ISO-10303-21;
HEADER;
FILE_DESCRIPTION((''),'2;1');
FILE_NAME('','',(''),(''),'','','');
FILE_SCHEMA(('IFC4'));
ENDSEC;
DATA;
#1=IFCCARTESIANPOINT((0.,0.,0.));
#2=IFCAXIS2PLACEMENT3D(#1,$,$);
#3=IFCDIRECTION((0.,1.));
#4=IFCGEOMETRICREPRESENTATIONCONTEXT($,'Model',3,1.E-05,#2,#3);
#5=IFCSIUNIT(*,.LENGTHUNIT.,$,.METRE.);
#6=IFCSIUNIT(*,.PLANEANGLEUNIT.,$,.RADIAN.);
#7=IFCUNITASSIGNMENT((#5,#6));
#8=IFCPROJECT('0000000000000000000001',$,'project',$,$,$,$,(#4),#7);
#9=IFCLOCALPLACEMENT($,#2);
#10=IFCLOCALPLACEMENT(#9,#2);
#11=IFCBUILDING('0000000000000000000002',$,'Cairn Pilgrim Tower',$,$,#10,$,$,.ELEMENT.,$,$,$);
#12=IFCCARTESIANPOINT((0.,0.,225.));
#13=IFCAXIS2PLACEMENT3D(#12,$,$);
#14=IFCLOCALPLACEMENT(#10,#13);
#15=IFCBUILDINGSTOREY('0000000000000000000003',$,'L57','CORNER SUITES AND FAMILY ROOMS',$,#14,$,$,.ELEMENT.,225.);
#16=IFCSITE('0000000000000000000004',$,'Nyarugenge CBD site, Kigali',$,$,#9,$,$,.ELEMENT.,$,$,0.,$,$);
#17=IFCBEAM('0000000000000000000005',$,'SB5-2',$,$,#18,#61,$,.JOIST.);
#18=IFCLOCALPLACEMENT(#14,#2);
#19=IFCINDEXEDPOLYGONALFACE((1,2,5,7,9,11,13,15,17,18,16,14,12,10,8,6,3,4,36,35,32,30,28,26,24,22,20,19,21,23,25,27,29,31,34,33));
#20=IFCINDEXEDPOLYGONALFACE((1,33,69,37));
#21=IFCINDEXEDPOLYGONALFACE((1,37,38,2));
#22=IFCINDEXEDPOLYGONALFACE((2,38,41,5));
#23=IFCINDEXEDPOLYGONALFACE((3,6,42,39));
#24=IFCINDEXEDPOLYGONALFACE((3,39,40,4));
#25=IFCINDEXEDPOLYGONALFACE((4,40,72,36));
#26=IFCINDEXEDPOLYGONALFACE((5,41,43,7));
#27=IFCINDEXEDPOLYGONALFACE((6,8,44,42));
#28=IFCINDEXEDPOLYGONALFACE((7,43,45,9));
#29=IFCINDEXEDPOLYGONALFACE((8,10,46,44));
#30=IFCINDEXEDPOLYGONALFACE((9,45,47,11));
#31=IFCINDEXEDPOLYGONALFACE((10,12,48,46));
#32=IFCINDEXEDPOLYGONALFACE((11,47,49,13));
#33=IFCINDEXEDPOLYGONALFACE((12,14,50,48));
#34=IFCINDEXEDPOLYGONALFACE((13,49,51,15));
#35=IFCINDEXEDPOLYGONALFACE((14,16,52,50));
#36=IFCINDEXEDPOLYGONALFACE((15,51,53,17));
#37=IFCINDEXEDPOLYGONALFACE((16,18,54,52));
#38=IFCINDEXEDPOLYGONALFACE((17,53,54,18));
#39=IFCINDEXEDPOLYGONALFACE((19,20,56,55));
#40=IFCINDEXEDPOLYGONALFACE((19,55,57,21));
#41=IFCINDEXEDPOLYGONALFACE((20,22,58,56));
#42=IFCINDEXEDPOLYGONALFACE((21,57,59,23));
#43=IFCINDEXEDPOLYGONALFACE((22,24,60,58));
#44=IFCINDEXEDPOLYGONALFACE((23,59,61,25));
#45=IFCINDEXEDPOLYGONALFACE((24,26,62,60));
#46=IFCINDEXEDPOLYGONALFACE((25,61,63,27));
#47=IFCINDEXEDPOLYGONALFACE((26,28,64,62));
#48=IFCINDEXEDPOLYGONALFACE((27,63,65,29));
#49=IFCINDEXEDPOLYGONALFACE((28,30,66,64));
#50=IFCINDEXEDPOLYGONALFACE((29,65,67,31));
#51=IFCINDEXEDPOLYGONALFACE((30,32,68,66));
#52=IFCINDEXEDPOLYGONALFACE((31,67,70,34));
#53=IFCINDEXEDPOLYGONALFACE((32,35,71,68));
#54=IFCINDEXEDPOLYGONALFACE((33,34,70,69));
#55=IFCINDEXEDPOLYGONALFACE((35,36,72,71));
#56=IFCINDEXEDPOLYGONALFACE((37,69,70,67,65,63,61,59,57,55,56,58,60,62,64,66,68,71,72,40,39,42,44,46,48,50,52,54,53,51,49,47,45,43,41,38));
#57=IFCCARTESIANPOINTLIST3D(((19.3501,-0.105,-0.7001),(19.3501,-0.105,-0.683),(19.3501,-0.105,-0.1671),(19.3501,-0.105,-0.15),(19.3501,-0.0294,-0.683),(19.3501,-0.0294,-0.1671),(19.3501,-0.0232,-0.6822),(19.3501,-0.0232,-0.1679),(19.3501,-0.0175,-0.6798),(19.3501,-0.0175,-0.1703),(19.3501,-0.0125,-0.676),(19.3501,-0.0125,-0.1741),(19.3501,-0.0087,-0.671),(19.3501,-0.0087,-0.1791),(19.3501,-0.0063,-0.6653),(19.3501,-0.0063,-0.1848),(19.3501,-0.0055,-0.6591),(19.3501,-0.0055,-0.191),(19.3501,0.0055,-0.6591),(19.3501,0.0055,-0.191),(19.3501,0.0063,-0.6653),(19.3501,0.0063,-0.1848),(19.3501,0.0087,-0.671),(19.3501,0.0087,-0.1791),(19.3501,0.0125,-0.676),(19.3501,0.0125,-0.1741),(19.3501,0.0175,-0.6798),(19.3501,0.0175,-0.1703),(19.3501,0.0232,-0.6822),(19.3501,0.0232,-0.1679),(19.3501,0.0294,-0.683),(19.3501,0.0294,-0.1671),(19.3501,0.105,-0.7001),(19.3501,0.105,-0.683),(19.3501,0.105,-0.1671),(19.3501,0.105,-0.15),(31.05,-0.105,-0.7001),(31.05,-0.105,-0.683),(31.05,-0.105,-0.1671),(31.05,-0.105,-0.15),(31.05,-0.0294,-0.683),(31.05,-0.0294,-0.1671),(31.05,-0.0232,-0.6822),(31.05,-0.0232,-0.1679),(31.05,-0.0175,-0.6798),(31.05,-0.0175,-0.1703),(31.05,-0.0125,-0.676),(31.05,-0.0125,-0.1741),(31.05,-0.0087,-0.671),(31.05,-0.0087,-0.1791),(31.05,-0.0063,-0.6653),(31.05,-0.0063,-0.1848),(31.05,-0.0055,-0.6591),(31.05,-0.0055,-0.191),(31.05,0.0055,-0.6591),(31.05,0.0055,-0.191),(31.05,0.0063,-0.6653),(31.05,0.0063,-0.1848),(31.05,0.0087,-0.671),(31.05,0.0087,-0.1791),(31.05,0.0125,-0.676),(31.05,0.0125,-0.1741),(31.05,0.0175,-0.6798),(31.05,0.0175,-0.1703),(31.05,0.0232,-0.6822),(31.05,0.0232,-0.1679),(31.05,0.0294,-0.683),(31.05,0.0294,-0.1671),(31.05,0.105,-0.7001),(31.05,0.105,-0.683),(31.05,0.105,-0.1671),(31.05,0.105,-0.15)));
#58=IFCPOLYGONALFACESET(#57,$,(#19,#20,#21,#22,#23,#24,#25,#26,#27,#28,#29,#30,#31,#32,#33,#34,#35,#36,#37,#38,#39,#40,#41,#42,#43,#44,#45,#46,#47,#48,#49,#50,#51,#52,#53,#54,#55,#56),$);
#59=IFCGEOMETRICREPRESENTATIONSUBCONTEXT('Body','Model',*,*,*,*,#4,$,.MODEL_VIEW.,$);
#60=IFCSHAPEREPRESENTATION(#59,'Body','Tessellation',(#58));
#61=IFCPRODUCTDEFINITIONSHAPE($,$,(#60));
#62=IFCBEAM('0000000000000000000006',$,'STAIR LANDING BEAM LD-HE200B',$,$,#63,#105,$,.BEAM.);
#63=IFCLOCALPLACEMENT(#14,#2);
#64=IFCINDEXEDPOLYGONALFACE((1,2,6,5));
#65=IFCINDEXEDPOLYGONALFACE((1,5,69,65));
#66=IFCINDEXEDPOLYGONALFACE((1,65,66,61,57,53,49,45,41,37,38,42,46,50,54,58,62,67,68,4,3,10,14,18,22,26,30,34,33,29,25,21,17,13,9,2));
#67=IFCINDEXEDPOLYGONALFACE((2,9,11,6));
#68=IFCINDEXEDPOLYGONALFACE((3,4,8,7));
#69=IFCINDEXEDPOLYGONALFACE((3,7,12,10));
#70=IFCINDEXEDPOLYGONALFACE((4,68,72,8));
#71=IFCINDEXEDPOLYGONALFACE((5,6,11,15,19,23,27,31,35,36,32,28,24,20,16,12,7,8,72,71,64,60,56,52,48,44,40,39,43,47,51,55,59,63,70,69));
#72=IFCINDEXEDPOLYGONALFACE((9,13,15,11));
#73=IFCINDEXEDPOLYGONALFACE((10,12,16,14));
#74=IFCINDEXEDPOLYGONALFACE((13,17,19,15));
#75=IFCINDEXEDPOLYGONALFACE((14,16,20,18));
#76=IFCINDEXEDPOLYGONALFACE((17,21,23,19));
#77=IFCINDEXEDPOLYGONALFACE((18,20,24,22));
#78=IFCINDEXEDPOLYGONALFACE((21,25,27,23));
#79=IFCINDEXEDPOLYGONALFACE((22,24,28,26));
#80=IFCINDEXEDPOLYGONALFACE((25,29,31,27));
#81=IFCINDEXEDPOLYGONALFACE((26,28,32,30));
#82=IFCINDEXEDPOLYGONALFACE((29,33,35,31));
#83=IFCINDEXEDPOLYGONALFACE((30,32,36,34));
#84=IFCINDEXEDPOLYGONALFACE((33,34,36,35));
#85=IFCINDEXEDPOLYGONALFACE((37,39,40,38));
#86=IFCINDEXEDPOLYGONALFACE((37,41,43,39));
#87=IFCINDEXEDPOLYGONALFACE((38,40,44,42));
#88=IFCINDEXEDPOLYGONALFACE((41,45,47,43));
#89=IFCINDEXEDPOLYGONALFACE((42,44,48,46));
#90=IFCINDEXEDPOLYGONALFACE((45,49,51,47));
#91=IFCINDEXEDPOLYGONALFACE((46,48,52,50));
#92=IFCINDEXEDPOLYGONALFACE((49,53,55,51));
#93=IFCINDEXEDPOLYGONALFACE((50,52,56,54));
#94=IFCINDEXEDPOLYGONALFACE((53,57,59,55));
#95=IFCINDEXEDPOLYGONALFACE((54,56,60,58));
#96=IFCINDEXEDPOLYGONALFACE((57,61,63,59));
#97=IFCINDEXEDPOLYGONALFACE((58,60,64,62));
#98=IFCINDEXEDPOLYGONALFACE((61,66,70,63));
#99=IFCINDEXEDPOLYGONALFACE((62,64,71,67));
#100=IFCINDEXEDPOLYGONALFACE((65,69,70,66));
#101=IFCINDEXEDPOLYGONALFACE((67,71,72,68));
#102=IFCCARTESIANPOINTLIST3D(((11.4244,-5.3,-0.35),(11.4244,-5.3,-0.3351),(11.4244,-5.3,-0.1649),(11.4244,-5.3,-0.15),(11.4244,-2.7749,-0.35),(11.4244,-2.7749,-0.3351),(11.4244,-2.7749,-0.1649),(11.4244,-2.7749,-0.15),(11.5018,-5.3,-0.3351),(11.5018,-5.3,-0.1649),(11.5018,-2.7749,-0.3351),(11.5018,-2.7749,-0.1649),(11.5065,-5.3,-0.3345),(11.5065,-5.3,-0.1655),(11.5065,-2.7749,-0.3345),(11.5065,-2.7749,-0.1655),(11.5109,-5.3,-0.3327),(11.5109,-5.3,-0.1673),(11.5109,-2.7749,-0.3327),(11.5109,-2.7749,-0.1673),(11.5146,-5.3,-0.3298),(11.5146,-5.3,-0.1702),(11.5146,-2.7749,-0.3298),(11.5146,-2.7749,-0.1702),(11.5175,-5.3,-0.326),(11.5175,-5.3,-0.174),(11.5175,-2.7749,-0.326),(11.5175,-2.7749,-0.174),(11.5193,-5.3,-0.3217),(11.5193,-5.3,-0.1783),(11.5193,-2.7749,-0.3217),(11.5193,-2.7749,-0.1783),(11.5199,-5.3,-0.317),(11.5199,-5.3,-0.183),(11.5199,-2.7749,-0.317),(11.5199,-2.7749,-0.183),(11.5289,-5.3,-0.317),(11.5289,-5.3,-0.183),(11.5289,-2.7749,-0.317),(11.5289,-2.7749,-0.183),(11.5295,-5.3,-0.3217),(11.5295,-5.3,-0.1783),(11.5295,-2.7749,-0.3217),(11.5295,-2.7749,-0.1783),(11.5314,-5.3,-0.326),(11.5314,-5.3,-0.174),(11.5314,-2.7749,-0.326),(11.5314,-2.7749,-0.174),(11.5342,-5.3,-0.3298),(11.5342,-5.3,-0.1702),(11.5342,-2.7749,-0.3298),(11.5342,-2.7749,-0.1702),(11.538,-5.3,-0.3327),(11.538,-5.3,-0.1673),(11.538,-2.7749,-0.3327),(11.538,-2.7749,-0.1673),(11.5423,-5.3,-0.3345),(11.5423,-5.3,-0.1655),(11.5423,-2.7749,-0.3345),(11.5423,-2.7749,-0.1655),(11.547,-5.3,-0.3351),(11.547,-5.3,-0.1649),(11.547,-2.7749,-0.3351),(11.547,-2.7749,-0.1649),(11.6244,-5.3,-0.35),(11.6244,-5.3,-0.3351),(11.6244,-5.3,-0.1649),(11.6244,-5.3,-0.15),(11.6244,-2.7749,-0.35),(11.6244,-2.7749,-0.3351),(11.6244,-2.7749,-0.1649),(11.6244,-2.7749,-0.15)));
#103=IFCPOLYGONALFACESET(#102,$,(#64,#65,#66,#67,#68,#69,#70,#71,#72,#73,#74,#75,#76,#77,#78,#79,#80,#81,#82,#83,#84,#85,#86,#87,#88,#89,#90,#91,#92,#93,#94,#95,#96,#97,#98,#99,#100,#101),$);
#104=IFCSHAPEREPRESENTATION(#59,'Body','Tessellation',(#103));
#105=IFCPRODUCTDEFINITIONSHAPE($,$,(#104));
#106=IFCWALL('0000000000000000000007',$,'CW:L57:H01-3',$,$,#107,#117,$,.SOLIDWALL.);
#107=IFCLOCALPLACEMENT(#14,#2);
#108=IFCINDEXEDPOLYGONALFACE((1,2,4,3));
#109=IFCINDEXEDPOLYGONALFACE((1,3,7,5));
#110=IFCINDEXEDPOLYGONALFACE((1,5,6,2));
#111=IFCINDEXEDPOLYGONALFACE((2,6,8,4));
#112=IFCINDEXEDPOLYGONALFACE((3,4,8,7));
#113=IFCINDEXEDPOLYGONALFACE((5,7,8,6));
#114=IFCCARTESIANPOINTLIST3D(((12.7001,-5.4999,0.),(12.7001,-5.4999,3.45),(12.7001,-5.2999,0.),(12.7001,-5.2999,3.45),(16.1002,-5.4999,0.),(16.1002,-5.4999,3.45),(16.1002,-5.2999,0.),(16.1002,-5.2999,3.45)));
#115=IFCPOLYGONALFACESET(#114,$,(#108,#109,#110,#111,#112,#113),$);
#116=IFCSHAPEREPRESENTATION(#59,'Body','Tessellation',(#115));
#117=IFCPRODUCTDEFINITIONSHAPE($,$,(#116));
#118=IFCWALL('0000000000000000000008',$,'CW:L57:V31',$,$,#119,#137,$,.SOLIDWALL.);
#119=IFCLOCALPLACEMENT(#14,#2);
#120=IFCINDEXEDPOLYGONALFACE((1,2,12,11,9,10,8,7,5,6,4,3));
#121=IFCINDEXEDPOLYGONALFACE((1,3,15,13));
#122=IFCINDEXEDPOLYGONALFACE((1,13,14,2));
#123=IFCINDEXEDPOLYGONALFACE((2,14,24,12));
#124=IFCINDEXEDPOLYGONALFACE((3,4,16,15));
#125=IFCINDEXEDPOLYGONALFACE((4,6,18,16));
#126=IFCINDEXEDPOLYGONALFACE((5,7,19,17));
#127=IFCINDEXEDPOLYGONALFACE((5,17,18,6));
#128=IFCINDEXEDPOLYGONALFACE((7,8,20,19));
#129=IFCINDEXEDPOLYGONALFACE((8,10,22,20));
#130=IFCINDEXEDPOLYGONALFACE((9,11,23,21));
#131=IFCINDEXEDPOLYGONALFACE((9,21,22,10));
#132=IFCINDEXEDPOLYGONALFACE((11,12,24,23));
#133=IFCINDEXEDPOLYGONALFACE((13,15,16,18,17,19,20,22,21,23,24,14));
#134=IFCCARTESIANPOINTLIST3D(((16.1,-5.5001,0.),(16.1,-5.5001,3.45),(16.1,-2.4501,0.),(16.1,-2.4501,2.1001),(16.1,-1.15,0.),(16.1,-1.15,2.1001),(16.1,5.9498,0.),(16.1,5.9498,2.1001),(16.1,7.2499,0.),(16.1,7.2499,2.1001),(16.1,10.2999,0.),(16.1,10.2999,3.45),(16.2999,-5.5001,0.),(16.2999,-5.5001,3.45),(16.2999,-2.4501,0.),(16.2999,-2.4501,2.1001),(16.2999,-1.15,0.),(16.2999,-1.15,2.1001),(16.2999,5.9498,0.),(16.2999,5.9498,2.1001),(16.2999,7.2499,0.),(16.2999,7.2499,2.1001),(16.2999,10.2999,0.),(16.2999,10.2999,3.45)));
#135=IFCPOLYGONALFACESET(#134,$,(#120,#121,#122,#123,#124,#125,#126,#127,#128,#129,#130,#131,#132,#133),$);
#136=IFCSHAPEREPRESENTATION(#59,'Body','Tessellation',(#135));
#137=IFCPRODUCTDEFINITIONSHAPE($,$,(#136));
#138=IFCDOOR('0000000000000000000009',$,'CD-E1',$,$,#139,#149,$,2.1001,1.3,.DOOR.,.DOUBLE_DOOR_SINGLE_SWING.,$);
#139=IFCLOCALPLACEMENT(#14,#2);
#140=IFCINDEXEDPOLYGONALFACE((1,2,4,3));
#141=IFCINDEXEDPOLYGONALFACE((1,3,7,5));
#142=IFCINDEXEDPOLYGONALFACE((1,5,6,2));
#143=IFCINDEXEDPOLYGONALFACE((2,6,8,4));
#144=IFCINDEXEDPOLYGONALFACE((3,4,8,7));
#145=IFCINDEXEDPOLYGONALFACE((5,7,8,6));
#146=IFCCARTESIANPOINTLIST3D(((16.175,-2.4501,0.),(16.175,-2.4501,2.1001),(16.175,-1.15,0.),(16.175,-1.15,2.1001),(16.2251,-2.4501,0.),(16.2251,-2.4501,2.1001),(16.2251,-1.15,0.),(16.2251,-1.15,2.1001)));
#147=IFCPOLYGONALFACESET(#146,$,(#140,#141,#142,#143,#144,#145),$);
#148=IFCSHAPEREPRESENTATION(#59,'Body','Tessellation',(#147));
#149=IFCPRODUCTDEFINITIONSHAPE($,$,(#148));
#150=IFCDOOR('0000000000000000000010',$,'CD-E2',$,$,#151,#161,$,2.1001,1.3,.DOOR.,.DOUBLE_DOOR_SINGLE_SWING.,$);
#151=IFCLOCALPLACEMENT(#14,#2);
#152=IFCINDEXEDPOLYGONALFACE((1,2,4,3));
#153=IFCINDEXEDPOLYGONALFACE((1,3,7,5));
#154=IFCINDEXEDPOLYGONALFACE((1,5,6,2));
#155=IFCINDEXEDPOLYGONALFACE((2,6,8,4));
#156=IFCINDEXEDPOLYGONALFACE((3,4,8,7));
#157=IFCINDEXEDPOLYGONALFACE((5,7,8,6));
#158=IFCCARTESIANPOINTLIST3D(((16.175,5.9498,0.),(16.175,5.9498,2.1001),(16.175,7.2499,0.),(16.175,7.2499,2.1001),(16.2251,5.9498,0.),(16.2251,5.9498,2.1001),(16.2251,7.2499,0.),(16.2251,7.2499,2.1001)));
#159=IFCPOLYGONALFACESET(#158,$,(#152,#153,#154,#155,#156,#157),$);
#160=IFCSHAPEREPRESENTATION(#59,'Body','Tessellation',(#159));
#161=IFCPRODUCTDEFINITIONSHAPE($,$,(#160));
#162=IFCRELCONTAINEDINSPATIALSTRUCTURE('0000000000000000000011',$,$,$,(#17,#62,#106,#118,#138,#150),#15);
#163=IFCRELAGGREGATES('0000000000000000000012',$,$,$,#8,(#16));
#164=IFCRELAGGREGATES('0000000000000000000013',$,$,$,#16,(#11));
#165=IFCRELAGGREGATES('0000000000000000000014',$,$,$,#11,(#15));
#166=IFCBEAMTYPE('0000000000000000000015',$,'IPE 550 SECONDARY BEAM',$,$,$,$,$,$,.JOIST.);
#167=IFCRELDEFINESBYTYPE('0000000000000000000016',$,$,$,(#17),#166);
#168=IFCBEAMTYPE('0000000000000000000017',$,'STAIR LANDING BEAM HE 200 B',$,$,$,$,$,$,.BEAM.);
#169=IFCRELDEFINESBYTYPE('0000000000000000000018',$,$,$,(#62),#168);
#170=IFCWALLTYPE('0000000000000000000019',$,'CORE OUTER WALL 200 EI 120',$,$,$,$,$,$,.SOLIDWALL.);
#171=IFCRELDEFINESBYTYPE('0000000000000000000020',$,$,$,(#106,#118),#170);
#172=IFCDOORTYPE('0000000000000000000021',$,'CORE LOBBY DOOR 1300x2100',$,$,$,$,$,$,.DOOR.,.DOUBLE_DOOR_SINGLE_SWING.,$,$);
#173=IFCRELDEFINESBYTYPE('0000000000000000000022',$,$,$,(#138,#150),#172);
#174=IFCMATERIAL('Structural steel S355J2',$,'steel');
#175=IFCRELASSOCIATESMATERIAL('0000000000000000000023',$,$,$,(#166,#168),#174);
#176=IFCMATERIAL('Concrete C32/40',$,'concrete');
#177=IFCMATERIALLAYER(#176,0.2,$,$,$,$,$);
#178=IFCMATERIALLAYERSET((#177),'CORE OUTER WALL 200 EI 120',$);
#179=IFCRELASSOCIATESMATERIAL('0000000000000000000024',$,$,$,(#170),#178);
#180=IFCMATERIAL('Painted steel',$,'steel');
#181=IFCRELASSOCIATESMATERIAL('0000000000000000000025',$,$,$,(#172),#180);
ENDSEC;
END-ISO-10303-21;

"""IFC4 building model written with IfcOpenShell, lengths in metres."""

from ifc_helpers import new_model, si_unit, direction, frame, frame_2d, origin, origin_2d, place, context, subcontext, project, spatial, rectangle, i_section, extrude, material, layer, layer_set, material_profile, profile_set, type_object, element, fill, save


model = new_model("IFC4")

# Units and contexts
model_context = context("Model", 3, precision=1e-05, world=origin(), true_north=direction((0.0, 1.0)))
body_context = subcontext(model_context, "Body", "Model", "MODEL_VIEW")
ifc_project = project(units=[si_unit("LENGTHUNIT", "METRE"), si_unit("PLANEANGLEUNIT", "RADIAN")], contexts=[model_context])

# Site, building, storey
site_placement = place(None, origin())
site = spatial("IfcSite", under=ifc_project, at=site_placement, Name="Nyarugenge CBD site, Kigali", CompositionType="ELEMENT", RefElevation=0.0)
building_placement = place(site_placement, origin())
building = spatial("IfcBuilding", under=site, at=building_placement, Name="Cairn Pilgrim Tower", CompositionType="ELEMENT")
storey_placement = place(building_placement, frame((0.0, 0.0, 225.0)))
storey = spatial("IfcBuildingStorey", under=building, at=storey_placement, Name="L57", Description="CORNER SUITES AND FAMILY ROOMS", CompositionType="ELEMENT", Elevation=225.0)

# Shared definitions
ifc_material_1 = material(Name="Structural steel S355J2", Category="steel")

# Beams
ifc_material_profile_1 = material_profile(ifc_material_1, i_section(OverallWidth=0.21, OverallDepth=0.55, WebThickness=0.011, FlangeThickness=0.0171, FilletRadius=0.0239, at=origin_2d()), Name="IPE 550")
ifc_profile_set_1 = profile_set([ifc_material_profile_1], Name="Structural steel S355J2")
beam_type_1 = type_object("IfcBeamType", Name="IPE 550 SECONDARY BEAM", PredefinedType="JOIST", material=ifc_profile_set_1)
for number, where, z_axis, x_axis, name in (
    (1, (19.3501, 0.0, -0.425), (1.0, 0.0, 0.0), (0.0, 1.0, 0.0), "SB5-2"),
):
    element("IfcBeam", number, at=place(storey_placement, frame(where, z_axis=z_axis, x_axis=x_axis)), inside=storey, type_object=beam_type_1, Name=name, PredefinedType="JOIST", context=body_context, shape_type="SweptSolid", body=[
        extrude(i_section(OverallWidth=0.21, OverallDepth=0.55, WebThickness=0.011, FlangeThickness=0.0171, FilletRadius=0.0239, at=origin_2d()), origin(), (0.0, 0.0, 1.0), 11.7),
    ])
ifc_material_profile_2 = material_profile(ifc_material_1, i_section(OverallWidth=0.2, OverallDepth=0.2, WebThickness=0.009, FlangeThickness=0.0149, FilletRadius=0.0181, at=origin_2d()), Name="HE 200 B")
ifc_profile_set_2 = profile_set([ifc_material_profile_2], Name="Structural steel S355J2")
beam_type_2 = type_object("IfcBeamType", Name="STAIR LANDING BEAM HE 200 B", PredefinedType="BEAM", material=ifc_profile_set_2)
beam_1_placement = place(storey_placement, frame((11.5244, -2.7749, -0.25), z_axis=(0.0, -1.0, 0.0), x_axis=(1.0, 0.0, 0.0)))
element("IfcBeam", 2, at=beam_1_placement, inside=storey, type_object=beam_type_2, Name="STAIR LANDING BEAM LD-HE200B", PredefinedType="BEAM", context=body_context, shape_type="SweptSolid", body=[
    extrude(i_section(OverallWidth=0.2, OverallDepth=0.2, WebThickness=0.009, FlangeThickness=0.0149, FilletRadius=0.0181, at=origin_2d()), origin(), (0.0, 0.0, 1.0), 2.5251),
])

# Wall
ifc_material_2 = material(Name="Concrete C32/40", Category="concrete")
ifc_layer_1 = layer(ifc_material_2, 0.2)
ifc_layer_set_1 = layer_set([ifc_layer_1], Name="CORE OUTER WALL 200 EI 120")
wall_type_1 = type_object("IfcWallType", Name="CORE OUTER WALL 200 EI 120", PredefinedType="SOLIDWALL", material=ifc_layer_set_1)
wall_1_placement = place(storey_placement, frame((12.7, -5.3999, 0.0), z_axis=(0.0, 0.0, 1.0), x_axis=(1.0, 0.0, 0.0)))
element("IfcWall", 3, at=wall_1_placement, inside=storey, type_object=wall_type_1, Name="CW:L57:H01-3", PredefinedType="SOLIDWALL", context=body_context, shape_type="SweptSolid", body=[
    extrude(rectangle(XDim=3.4001, YDim=0.2, at=frame_2d((1.7002, 0.0))), origin(), (0.0, 0.0, 1.0), 3.45),
])

# Wall, openings, doors
wall_2_placement = place(storey_placement, frame((16.2, -5.5, 0.0), z_axis=(0.0, 0.0, 1.0), x_axis=(0.0, 1.0, 0.0)))
wall_2 = element("IfcWall", 4, at=wall_2_placement, inside=storey, type_object=wall_type_1, Name="CW:L57:V31", PredefinedType="SOLIDWALL", context=body_context, shape_type="SweptSolid", body=[
    extrude(rectangle(XDim=15.8, YDim=0.2, at=frame_2d((7.8999, 0.0))), origin(), (0.0, 0.0, 1.0), 3.45),
])
opening_1_placement = place(wall_2_placement, frame((3.05, 0.0, 0.0)))
opening_1 = element("IfcOpeningElement", 5, at=opening_1_placement, cuts=wall_2, PredefinedType="OPENING", context=body_context, shape_type="SweptSolid", body=[
    extrude(rectangle(XDim=1.3, YDim=2.1001, at=frame_2d((0.6499, 1.05))), frame((0.0, 0.1099, 0.0), z_axis=(0.0, -1.0, 0.0), x_axis=(1.0, 0.0, 0.0)), (0.0, 0.0, 1.0), 0.22),
])
opening_2_placement = place(wall_2_placement, frame((11.45, 0.0, 0.0)))
opening_2 = element("IfcOpeningElement", 6, at=opening_2_placement, cuts=wall_2, PredefinedType="OPENING", context=body_context, shape_type="SweptSolid", body=[
    extrude(rectangle(XDim=1.3, YDim=2.1001, at=frame_2d((0.6499, 1.05))), frame((0.0, 0.1099, 0.0), z_axis=(0.0, -1.0, 0.0), x_axis=(1.0, 0.0, 0.0)), (0.0, 0.0, 1.0), 0.22),
])
ifc_material_3 = material(Name="Painted steel", Category="steel")
door_type_1 = type_object("IfcDoorType", Name="CORE LOBBY DOOR 1300x2100", OperationType="DOUBLE_DOOR_SINGLE_SWING", PredefinedType="DOOR", material=ifc_material_3)
door_1_placement = place(opening_1_placement, origin())
door_1 = element("IfcDoor", 7, at=door_1_placement, inside=storey, type_object=door_type_1, Name="CD-E1", OperationType="DOUBLE_DOOR_SINGLE_SWING", OverallHeight=2.1001, OverallWidth=1.3, PredefinedType="DOOR", context=body_context, shape_type="SweptSolid", body=[
    extrude(rectangle(XDim=1.3, YDim=2.1001, at=frame_2d((0.6499, 1.05))), frame((0.0, 0.0249, 0.0), z_axis=(0.0, -1.0, 0.0), x_axis=(1.0, 0.0, 0.0)), (0.0, 0.0, 1.0), 0.05),
])
fill(opening_1, door_1)
door_2_placement = place(opening_2_placement, origin())
door_2 = element("IfcDoor", 8, at=door_2_placement, inside=storey, type_object=door_type_1, Name="CD-E2", OperationType="DOUBLE_DOOR_SINGLE_SWING", OverallHeight=2.1001, OverallWidth=1.3, PredefinedType="DOOR", context=body_context, shape_type="SweptSolid", body=[
    extrude(rectangle(XDim=1.3, YDim=2.1001, at=frame_2d((0.6499, 1.05))), frame((0.0, 0.0249, 0.0), z_axis=(0.0, -1.0, 0.0), x_axis=(1.0, 0.0, 0.0)), (0.0, 0.0, 1.0), 0.05),
])
fill(opening_2, door_2)

save(model, "model.ifc")
